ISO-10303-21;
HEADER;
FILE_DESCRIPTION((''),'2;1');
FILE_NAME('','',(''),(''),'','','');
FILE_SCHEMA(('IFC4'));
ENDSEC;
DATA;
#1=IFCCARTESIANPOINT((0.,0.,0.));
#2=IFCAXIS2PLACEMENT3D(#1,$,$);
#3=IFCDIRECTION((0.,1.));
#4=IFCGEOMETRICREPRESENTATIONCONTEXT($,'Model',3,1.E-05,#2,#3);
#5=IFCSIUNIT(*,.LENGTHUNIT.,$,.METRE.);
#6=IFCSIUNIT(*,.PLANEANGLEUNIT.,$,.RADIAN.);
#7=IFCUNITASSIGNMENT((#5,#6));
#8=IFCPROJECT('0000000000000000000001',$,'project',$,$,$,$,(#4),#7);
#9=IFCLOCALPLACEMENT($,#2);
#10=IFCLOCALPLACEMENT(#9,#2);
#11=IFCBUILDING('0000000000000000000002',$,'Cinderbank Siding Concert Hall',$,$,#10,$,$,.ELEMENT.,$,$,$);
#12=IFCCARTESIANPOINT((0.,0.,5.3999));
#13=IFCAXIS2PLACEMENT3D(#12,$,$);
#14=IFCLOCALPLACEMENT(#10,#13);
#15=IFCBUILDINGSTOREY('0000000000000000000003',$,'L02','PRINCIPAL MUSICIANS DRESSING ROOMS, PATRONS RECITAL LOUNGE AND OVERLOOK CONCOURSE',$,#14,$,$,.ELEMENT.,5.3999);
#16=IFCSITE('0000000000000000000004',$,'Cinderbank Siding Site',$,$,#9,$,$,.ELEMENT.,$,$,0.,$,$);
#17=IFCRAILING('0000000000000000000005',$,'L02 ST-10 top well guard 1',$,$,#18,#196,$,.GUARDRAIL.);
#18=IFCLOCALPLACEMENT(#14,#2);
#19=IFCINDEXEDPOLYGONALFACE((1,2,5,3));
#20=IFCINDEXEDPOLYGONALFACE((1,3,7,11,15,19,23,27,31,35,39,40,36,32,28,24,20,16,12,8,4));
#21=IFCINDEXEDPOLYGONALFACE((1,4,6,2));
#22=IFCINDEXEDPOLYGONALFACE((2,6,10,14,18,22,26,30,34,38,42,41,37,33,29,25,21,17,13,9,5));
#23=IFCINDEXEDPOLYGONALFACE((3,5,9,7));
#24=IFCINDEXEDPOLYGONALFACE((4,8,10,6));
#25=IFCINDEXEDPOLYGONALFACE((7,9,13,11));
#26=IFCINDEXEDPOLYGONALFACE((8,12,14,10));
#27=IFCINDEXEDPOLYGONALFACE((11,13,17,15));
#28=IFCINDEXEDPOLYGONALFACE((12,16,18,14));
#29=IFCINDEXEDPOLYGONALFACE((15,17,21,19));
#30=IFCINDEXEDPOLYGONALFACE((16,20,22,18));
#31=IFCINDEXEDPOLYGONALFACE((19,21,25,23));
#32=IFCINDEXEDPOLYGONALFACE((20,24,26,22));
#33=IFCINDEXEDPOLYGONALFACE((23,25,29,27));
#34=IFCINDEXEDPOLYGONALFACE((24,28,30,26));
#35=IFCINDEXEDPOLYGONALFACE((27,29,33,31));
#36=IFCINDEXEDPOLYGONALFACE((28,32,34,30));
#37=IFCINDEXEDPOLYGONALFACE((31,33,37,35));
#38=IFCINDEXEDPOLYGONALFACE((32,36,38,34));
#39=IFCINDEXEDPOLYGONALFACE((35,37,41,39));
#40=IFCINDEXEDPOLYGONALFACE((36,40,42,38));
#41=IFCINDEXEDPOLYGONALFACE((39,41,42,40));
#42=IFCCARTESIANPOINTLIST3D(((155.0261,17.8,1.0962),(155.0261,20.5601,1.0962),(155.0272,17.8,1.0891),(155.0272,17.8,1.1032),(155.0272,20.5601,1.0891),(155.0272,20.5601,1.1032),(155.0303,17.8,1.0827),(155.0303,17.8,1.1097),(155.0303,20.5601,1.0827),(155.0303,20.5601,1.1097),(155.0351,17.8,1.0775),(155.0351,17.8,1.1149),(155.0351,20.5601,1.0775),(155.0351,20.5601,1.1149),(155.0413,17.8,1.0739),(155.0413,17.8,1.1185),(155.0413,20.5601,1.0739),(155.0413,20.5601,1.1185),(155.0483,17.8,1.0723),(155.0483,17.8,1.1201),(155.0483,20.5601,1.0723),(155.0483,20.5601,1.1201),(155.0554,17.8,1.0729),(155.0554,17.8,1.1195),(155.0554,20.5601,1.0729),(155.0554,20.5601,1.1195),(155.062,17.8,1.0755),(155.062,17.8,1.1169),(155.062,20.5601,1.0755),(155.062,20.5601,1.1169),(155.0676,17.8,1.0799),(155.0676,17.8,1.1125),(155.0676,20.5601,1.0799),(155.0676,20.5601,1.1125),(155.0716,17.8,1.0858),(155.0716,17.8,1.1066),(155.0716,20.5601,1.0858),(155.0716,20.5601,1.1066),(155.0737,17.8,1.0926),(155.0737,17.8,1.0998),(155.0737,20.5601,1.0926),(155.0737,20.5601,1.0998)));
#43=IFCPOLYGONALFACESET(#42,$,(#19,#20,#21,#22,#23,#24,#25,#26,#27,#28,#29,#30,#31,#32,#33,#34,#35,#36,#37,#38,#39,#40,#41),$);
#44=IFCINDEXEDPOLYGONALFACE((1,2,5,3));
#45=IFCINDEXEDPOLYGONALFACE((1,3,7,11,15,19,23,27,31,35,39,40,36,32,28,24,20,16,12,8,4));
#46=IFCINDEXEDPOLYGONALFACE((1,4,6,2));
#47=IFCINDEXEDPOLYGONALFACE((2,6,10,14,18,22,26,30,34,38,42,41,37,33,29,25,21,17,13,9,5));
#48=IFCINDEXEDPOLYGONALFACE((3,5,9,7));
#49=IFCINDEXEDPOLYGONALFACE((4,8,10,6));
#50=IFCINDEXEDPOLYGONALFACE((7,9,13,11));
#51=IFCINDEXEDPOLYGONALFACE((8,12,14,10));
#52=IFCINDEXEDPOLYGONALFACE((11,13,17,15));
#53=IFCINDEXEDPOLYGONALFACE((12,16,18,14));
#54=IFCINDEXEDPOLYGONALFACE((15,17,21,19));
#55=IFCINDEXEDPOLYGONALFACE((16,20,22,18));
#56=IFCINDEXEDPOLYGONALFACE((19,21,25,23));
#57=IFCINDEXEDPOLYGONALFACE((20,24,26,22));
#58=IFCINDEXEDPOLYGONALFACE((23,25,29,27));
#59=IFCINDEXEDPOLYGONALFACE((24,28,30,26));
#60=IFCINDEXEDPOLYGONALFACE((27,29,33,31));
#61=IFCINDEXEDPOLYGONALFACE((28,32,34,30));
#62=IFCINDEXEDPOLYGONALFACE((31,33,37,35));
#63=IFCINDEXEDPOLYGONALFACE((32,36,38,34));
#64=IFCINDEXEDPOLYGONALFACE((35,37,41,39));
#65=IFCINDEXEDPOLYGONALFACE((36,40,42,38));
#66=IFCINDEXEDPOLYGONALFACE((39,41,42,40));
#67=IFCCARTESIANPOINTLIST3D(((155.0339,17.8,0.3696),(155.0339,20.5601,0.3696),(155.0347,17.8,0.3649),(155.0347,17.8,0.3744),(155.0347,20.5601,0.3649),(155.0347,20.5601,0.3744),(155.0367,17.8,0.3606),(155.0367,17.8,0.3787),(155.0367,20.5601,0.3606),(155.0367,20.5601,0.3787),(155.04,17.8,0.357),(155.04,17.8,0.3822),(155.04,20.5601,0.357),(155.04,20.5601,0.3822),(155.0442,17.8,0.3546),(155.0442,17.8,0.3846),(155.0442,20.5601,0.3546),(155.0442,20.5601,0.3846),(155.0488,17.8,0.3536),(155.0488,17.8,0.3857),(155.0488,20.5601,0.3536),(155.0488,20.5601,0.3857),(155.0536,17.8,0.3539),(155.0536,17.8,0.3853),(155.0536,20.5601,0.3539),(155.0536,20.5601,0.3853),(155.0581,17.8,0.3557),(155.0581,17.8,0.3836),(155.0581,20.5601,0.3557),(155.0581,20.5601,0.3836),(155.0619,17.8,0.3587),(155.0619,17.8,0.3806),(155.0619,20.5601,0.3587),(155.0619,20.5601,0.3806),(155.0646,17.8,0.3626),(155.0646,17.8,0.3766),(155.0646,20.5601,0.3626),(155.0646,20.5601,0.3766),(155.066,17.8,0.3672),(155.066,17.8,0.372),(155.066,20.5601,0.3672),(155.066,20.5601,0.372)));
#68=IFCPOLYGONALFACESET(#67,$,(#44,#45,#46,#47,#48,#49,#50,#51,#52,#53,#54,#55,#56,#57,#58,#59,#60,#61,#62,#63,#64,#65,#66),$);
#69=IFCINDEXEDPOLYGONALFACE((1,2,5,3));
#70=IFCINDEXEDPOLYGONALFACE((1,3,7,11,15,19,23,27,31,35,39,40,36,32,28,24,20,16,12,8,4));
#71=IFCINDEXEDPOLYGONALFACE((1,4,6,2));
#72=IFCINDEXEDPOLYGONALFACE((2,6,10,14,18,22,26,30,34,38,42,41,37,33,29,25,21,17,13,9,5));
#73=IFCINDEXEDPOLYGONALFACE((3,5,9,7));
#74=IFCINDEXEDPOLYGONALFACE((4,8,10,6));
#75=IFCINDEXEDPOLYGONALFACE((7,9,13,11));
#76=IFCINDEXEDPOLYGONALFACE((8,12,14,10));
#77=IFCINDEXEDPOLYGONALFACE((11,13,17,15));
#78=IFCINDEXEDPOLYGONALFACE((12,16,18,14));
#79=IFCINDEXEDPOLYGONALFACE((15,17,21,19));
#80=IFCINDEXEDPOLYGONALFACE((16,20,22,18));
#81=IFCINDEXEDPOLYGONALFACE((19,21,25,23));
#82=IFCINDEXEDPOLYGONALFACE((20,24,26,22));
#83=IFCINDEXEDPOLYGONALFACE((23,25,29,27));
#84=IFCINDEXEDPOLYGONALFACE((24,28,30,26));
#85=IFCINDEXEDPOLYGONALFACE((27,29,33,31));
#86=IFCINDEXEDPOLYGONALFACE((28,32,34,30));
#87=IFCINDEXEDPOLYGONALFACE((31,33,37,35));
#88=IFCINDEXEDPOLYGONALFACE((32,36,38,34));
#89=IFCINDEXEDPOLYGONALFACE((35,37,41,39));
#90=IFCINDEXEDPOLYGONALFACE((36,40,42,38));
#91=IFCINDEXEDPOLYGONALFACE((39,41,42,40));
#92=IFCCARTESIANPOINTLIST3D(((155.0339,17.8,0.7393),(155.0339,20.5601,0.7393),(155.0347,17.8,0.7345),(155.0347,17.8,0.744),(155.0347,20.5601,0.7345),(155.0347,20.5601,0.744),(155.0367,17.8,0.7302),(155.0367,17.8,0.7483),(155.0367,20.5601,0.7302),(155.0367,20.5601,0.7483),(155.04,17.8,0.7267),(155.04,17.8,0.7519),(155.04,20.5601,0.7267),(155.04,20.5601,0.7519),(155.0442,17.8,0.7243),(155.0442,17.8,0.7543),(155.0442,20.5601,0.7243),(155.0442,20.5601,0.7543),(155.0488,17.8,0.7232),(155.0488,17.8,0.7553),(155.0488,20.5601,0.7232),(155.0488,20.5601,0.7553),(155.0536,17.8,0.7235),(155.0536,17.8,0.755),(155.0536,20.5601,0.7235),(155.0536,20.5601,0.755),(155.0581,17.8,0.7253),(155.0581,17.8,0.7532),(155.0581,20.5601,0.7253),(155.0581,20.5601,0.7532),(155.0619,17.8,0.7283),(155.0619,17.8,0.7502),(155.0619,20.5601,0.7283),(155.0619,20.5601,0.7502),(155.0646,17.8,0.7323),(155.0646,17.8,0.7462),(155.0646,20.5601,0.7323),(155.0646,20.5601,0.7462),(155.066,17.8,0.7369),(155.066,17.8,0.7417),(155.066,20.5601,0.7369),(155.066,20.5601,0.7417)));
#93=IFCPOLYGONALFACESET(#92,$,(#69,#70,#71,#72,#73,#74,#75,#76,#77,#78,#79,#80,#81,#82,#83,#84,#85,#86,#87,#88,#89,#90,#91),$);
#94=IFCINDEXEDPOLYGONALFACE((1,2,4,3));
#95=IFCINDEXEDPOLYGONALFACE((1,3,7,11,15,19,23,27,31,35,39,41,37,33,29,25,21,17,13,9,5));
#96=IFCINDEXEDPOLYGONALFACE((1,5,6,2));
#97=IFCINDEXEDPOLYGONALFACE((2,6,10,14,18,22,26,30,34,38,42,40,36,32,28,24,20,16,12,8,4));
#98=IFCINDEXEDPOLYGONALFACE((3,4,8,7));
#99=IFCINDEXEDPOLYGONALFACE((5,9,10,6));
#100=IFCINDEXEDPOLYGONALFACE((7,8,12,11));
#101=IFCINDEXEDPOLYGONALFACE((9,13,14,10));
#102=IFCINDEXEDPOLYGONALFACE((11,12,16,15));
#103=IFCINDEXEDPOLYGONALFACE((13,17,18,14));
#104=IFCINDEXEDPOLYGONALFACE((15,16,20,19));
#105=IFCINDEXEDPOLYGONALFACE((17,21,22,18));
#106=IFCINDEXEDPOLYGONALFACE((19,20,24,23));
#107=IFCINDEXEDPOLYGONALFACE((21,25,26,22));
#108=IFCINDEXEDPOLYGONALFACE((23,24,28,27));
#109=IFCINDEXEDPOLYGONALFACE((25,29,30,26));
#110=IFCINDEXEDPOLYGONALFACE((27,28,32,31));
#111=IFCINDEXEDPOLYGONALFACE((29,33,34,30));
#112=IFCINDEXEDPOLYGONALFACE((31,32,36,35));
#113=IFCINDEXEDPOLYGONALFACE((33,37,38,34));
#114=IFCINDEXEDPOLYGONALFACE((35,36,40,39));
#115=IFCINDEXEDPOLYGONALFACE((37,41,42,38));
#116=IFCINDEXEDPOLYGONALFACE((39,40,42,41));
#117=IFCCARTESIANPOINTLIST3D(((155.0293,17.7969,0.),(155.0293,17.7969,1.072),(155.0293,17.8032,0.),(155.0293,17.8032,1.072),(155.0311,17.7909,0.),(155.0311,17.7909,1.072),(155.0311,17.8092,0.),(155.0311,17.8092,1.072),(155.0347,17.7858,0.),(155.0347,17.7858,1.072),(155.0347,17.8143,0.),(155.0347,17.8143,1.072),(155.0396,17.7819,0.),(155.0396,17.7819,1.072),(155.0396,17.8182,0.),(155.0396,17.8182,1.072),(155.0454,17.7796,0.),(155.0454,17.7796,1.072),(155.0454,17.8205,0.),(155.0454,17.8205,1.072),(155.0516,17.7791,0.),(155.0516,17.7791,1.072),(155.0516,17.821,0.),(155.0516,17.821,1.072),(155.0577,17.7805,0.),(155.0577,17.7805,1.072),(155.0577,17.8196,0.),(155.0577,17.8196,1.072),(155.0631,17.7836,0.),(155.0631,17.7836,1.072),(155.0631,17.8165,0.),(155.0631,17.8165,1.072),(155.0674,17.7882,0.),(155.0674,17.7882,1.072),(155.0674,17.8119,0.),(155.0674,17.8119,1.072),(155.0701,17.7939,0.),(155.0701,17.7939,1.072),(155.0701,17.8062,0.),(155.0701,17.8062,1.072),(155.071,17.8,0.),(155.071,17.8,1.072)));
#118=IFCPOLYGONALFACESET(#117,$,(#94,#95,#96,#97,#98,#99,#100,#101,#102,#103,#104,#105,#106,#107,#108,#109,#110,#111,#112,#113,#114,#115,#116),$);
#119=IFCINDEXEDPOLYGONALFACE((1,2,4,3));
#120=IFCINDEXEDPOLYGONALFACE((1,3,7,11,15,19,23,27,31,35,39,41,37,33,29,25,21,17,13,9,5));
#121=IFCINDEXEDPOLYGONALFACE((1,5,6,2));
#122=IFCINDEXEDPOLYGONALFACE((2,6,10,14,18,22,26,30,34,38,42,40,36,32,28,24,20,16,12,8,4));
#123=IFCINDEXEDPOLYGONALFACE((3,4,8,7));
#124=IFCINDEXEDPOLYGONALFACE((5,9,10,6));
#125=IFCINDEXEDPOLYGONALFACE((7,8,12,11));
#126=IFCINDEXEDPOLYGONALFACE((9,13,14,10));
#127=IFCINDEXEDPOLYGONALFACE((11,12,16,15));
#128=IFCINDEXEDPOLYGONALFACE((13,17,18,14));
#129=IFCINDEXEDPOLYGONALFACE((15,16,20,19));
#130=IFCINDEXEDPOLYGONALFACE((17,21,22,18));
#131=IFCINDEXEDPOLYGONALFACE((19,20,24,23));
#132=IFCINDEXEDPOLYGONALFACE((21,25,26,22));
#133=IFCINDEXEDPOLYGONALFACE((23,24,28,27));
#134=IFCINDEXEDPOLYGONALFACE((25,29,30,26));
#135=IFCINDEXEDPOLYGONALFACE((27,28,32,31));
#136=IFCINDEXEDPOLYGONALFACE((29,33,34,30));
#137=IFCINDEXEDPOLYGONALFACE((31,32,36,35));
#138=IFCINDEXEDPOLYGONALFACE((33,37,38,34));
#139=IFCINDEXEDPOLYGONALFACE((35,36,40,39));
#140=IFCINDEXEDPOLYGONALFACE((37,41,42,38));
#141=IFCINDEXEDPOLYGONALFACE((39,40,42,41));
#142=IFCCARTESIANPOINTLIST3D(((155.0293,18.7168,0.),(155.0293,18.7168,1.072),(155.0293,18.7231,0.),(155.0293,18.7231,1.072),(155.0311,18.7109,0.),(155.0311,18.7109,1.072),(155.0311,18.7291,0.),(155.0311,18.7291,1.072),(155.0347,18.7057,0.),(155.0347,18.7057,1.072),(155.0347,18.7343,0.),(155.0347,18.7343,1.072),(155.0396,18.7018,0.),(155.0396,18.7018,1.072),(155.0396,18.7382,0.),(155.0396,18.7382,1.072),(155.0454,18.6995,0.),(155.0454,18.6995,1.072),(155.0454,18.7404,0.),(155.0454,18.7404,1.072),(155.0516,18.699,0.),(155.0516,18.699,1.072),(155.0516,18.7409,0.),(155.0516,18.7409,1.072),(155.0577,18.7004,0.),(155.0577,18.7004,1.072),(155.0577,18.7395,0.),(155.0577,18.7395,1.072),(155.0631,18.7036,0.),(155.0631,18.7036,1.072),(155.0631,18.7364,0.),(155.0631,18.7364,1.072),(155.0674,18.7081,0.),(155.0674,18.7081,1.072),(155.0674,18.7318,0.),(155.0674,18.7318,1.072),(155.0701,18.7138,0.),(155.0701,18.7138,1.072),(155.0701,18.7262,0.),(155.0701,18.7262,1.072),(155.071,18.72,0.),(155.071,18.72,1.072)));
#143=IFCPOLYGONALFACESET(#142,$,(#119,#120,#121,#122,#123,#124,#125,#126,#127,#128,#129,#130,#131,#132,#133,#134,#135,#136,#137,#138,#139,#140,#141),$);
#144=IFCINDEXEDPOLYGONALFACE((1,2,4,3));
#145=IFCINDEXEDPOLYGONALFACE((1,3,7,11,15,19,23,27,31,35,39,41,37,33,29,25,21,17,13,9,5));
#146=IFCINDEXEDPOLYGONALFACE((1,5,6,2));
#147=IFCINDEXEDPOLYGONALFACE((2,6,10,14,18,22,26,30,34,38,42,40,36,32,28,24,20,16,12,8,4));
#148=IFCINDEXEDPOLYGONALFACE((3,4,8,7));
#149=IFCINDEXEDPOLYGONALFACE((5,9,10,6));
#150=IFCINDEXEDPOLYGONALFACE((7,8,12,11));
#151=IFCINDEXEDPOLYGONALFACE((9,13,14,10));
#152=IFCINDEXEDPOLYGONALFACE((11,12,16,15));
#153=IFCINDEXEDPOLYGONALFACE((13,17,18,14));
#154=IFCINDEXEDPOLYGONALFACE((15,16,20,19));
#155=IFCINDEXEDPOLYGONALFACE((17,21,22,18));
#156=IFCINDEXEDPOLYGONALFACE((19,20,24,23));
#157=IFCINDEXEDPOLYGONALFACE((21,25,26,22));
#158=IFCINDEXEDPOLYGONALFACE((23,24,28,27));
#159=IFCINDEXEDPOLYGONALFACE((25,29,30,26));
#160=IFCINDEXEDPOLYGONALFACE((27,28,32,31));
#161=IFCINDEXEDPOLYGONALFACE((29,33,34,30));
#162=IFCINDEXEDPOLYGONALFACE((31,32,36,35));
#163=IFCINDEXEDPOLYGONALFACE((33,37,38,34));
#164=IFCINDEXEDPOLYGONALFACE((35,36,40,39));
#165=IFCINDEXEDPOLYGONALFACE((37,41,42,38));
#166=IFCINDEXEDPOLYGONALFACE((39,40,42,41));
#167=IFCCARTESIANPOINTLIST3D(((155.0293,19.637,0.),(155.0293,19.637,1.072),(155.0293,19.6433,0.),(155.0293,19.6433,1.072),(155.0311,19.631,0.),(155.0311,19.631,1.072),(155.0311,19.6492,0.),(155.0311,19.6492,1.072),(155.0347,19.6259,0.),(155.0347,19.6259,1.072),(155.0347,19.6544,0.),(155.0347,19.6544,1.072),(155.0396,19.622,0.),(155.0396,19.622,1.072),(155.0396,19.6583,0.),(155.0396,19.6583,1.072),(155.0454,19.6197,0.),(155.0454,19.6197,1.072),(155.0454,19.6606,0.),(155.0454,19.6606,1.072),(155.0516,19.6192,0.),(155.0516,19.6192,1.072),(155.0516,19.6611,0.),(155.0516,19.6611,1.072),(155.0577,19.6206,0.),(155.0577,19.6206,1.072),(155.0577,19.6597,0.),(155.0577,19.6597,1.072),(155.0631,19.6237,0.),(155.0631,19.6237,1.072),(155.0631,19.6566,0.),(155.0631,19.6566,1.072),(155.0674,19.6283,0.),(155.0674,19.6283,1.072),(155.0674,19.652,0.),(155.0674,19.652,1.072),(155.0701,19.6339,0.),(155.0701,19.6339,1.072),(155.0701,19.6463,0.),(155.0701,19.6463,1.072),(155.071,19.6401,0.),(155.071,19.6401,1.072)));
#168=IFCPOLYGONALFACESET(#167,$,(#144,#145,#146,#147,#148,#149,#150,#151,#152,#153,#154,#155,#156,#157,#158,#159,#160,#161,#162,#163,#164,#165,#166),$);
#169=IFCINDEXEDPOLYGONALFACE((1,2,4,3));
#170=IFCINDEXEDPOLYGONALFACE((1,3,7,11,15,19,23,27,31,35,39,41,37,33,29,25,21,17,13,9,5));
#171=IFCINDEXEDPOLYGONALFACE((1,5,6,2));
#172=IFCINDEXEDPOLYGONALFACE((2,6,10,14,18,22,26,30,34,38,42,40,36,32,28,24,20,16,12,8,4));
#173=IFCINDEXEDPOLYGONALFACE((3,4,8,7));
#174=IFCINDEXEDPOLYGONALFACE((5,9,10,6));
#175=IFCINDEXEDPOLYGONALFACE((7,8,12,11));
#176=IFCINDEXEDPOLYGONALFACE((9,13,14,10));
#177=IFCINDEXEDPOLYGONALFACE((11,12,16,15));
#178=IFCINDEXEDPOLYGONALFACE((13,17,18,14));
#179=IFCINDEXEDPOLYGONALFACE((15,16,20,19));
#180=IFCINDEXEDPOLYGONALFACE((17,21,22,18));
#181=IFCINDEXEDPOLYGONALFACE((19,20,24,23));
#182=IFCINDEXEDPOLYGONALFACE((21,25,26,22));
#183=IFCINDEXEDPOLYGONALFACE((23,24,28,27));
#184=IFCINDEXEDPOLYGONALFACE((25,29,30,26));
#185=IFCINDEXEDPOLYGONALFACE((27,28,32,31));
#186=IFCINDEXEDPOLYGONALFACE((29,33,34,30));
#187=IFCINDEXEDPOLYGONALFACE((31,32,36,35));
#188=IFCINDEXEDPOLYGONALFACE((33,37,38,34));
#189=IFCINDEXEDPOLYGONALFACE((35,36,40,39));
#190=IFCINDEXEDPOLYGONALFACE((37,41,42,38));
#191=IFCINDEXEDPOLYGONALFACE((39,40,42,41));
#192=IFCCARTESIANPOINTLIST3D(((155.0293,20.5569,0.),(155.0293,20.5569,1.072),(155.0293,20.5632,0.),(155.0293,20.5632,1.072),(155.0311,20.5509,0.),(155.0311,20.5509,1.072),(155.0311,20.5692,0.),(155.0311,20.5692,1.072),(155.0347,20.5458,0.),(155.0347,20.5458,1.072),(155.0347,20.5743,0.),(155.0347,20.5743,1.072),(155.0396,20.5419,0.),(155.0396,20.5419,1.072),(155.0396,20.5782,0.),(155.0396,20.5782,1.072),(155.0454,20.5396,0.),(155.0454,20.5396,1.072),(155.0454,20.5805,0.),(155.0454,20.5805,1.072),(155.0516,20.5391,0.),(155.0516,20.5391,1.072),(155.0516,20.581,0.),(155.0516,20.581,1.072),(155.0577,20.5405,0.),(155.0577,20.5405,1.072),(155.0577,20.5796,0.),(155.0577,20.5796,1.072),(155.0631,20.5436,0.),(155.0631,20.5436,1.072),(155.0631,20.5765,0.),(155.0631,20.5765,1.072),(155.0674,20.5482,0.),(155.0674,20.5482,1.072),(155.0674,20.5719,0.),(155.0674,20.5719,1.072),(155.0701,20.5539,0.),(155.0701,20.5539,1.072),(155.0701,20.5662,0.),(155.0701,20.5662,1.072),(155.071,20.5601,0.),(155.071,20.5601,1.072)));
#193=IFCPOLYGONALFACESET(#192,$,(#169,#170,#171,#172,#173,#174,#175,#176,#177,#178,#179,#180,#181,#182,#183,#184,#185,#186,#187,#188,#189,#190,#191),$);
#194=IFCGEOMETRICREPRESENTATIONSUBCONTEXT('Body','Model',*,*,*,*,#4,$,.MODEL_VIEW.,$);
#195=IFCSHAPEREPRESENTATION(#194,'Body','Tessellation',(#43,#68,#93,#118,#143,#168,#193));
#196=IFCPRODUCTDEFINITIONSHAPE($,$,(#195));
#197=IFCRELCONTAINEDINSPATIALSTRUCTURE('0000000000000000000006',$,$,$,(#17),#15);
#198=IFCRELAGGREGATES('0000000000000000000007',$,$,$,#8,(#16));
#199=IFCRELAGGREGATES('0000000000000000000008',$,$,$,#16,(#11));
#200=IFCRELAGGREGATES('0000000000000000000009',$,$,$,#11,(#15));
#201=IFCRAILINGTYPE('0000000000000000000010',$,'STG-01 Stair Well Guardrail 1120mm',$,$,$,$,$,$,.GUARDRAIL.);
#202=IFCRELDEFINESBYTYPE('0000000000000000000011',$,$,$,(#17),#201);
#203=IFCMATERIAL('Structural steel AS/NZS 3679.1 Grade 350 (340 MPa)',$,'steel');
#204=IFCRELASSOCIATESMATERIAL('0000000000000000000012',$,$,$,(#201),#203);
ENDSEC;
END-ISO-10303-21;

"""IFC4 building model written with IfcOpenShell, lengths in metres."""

from ifc_helpers import new_model, si_unit, direction, frame, origin, origin_2d, place, context, subcontext, project, spatial, circle, extrude, material, type_object, element, save


model = new_model("IFC4")

# Units and contexts
model_context = context("Model", 3, precision=1e-05, world=origin(), true_north=direction((0.0, 1.0)))
body_context = subcontext(model_context, "Body", "Model", "MODEL_VIEW")
ifc_project = project(units=[si_unit("LENGTHUNIT", "METRE"), si_unit("PLANEANGLEUNIT", "RADIAN")], contexts=[model_context])

# Site, building, storey
site_placement = place(None, origin())
site = spatial("IfcSite", under=ifc_project, at=site_placement, Name="Cinderbank Siding Site", CompositionType="ELEMENT", RefElevation=0.0)
building_placement = place(site_placement, origin())
building = spatial("IfcBuilding", under=site, at=building_placement, Name="Cinderbank Siding Concert Hall", CompositionType="ELEMENT")
storey_placement = place(building_placement, frame((0.0, 0.0, 5.3999)))
storey = spatial("IfcBuildingStorey", under=building, at=storey_placement, Name="L02", Description="PRINCIPAL MUSICIANS DRESSING ROOMS, PATRONS RECITAL LOUNGE AND OVERLOOK CONCOURSE", CompositionType="ELEMENT", Elevation=5.3999)

# Shared definitions
ifc_material_1 = material(Name="Structural steel AS/NZS 3679.1 Grade 350 (340 MPa)", Category="steel")

# Railing
railing_type = type_object("IfcRailingType", Name="STG-01 Stair Well Guardrail 1120mm", PredefinedType="GUARDRAIL", material=ifc_material_1)
railing_placement = place(storey_placement, frame((155.05, 17.8, 0.0)))
element("IfcRailing", 1, at=railing_placement, inside=storey, type_object=railing_type, Name="L02 ST-10 top well guard 1", PredefinedType="GUARDRAIL", context=body_context, shape_type="SweptSolid", body=[
    extrude(circle(Radius=0.0239, at=origin_2d()), frame((0.0, 0.0, 1.0962), z_axis=(0.0, 1.0, 0.0), x_axis=(-1.0, 0.0, 0.0)), (0.0, 0.0, 1.0), 2.76),
    extrude(circle(Radius=0.0161, at=origin_2d()), frame((0.0, 0.0, 0.3696), z_axis=(0.0, 1.0, 0.0), x_axis=(-1.0, 0.0, 0.0)), (0.0, 0.0, 1.0), 2.76),
    extrude(circle(Radius=0.0161, at=origin_2d()), frame((0.0, 0.0, 0.7393), z_axis=(0.0, 1.0, 0.0), x_axis=(-1.0, 0.0, 0.0)), (0.0, 0.0, 1.0), 2.76),
    extrude(circle(Radius=0.021, at=origin_2d()), origin(), (0.0, 0.0, 1.0), 1.072),
    extrude(circle(Radius=0.021, at=origin_2d()), frame((0.0, 0.9199, 0.0)), (0.0, 0.0, 1.0), 1.072),
    extrude(circle(Radius=0.021, at=origin_2d()), frame((0.0, 1.8401, 0.0)), (0.0, 0.0, 1.0), 1.072),
    extrude(circle(Radius=0.021, at=origin_2d()), frame((0.0, 2.76, 0.0)), (0.0, 0.0, 1.0), 1.072),
])

save(model, "model.ifc")
